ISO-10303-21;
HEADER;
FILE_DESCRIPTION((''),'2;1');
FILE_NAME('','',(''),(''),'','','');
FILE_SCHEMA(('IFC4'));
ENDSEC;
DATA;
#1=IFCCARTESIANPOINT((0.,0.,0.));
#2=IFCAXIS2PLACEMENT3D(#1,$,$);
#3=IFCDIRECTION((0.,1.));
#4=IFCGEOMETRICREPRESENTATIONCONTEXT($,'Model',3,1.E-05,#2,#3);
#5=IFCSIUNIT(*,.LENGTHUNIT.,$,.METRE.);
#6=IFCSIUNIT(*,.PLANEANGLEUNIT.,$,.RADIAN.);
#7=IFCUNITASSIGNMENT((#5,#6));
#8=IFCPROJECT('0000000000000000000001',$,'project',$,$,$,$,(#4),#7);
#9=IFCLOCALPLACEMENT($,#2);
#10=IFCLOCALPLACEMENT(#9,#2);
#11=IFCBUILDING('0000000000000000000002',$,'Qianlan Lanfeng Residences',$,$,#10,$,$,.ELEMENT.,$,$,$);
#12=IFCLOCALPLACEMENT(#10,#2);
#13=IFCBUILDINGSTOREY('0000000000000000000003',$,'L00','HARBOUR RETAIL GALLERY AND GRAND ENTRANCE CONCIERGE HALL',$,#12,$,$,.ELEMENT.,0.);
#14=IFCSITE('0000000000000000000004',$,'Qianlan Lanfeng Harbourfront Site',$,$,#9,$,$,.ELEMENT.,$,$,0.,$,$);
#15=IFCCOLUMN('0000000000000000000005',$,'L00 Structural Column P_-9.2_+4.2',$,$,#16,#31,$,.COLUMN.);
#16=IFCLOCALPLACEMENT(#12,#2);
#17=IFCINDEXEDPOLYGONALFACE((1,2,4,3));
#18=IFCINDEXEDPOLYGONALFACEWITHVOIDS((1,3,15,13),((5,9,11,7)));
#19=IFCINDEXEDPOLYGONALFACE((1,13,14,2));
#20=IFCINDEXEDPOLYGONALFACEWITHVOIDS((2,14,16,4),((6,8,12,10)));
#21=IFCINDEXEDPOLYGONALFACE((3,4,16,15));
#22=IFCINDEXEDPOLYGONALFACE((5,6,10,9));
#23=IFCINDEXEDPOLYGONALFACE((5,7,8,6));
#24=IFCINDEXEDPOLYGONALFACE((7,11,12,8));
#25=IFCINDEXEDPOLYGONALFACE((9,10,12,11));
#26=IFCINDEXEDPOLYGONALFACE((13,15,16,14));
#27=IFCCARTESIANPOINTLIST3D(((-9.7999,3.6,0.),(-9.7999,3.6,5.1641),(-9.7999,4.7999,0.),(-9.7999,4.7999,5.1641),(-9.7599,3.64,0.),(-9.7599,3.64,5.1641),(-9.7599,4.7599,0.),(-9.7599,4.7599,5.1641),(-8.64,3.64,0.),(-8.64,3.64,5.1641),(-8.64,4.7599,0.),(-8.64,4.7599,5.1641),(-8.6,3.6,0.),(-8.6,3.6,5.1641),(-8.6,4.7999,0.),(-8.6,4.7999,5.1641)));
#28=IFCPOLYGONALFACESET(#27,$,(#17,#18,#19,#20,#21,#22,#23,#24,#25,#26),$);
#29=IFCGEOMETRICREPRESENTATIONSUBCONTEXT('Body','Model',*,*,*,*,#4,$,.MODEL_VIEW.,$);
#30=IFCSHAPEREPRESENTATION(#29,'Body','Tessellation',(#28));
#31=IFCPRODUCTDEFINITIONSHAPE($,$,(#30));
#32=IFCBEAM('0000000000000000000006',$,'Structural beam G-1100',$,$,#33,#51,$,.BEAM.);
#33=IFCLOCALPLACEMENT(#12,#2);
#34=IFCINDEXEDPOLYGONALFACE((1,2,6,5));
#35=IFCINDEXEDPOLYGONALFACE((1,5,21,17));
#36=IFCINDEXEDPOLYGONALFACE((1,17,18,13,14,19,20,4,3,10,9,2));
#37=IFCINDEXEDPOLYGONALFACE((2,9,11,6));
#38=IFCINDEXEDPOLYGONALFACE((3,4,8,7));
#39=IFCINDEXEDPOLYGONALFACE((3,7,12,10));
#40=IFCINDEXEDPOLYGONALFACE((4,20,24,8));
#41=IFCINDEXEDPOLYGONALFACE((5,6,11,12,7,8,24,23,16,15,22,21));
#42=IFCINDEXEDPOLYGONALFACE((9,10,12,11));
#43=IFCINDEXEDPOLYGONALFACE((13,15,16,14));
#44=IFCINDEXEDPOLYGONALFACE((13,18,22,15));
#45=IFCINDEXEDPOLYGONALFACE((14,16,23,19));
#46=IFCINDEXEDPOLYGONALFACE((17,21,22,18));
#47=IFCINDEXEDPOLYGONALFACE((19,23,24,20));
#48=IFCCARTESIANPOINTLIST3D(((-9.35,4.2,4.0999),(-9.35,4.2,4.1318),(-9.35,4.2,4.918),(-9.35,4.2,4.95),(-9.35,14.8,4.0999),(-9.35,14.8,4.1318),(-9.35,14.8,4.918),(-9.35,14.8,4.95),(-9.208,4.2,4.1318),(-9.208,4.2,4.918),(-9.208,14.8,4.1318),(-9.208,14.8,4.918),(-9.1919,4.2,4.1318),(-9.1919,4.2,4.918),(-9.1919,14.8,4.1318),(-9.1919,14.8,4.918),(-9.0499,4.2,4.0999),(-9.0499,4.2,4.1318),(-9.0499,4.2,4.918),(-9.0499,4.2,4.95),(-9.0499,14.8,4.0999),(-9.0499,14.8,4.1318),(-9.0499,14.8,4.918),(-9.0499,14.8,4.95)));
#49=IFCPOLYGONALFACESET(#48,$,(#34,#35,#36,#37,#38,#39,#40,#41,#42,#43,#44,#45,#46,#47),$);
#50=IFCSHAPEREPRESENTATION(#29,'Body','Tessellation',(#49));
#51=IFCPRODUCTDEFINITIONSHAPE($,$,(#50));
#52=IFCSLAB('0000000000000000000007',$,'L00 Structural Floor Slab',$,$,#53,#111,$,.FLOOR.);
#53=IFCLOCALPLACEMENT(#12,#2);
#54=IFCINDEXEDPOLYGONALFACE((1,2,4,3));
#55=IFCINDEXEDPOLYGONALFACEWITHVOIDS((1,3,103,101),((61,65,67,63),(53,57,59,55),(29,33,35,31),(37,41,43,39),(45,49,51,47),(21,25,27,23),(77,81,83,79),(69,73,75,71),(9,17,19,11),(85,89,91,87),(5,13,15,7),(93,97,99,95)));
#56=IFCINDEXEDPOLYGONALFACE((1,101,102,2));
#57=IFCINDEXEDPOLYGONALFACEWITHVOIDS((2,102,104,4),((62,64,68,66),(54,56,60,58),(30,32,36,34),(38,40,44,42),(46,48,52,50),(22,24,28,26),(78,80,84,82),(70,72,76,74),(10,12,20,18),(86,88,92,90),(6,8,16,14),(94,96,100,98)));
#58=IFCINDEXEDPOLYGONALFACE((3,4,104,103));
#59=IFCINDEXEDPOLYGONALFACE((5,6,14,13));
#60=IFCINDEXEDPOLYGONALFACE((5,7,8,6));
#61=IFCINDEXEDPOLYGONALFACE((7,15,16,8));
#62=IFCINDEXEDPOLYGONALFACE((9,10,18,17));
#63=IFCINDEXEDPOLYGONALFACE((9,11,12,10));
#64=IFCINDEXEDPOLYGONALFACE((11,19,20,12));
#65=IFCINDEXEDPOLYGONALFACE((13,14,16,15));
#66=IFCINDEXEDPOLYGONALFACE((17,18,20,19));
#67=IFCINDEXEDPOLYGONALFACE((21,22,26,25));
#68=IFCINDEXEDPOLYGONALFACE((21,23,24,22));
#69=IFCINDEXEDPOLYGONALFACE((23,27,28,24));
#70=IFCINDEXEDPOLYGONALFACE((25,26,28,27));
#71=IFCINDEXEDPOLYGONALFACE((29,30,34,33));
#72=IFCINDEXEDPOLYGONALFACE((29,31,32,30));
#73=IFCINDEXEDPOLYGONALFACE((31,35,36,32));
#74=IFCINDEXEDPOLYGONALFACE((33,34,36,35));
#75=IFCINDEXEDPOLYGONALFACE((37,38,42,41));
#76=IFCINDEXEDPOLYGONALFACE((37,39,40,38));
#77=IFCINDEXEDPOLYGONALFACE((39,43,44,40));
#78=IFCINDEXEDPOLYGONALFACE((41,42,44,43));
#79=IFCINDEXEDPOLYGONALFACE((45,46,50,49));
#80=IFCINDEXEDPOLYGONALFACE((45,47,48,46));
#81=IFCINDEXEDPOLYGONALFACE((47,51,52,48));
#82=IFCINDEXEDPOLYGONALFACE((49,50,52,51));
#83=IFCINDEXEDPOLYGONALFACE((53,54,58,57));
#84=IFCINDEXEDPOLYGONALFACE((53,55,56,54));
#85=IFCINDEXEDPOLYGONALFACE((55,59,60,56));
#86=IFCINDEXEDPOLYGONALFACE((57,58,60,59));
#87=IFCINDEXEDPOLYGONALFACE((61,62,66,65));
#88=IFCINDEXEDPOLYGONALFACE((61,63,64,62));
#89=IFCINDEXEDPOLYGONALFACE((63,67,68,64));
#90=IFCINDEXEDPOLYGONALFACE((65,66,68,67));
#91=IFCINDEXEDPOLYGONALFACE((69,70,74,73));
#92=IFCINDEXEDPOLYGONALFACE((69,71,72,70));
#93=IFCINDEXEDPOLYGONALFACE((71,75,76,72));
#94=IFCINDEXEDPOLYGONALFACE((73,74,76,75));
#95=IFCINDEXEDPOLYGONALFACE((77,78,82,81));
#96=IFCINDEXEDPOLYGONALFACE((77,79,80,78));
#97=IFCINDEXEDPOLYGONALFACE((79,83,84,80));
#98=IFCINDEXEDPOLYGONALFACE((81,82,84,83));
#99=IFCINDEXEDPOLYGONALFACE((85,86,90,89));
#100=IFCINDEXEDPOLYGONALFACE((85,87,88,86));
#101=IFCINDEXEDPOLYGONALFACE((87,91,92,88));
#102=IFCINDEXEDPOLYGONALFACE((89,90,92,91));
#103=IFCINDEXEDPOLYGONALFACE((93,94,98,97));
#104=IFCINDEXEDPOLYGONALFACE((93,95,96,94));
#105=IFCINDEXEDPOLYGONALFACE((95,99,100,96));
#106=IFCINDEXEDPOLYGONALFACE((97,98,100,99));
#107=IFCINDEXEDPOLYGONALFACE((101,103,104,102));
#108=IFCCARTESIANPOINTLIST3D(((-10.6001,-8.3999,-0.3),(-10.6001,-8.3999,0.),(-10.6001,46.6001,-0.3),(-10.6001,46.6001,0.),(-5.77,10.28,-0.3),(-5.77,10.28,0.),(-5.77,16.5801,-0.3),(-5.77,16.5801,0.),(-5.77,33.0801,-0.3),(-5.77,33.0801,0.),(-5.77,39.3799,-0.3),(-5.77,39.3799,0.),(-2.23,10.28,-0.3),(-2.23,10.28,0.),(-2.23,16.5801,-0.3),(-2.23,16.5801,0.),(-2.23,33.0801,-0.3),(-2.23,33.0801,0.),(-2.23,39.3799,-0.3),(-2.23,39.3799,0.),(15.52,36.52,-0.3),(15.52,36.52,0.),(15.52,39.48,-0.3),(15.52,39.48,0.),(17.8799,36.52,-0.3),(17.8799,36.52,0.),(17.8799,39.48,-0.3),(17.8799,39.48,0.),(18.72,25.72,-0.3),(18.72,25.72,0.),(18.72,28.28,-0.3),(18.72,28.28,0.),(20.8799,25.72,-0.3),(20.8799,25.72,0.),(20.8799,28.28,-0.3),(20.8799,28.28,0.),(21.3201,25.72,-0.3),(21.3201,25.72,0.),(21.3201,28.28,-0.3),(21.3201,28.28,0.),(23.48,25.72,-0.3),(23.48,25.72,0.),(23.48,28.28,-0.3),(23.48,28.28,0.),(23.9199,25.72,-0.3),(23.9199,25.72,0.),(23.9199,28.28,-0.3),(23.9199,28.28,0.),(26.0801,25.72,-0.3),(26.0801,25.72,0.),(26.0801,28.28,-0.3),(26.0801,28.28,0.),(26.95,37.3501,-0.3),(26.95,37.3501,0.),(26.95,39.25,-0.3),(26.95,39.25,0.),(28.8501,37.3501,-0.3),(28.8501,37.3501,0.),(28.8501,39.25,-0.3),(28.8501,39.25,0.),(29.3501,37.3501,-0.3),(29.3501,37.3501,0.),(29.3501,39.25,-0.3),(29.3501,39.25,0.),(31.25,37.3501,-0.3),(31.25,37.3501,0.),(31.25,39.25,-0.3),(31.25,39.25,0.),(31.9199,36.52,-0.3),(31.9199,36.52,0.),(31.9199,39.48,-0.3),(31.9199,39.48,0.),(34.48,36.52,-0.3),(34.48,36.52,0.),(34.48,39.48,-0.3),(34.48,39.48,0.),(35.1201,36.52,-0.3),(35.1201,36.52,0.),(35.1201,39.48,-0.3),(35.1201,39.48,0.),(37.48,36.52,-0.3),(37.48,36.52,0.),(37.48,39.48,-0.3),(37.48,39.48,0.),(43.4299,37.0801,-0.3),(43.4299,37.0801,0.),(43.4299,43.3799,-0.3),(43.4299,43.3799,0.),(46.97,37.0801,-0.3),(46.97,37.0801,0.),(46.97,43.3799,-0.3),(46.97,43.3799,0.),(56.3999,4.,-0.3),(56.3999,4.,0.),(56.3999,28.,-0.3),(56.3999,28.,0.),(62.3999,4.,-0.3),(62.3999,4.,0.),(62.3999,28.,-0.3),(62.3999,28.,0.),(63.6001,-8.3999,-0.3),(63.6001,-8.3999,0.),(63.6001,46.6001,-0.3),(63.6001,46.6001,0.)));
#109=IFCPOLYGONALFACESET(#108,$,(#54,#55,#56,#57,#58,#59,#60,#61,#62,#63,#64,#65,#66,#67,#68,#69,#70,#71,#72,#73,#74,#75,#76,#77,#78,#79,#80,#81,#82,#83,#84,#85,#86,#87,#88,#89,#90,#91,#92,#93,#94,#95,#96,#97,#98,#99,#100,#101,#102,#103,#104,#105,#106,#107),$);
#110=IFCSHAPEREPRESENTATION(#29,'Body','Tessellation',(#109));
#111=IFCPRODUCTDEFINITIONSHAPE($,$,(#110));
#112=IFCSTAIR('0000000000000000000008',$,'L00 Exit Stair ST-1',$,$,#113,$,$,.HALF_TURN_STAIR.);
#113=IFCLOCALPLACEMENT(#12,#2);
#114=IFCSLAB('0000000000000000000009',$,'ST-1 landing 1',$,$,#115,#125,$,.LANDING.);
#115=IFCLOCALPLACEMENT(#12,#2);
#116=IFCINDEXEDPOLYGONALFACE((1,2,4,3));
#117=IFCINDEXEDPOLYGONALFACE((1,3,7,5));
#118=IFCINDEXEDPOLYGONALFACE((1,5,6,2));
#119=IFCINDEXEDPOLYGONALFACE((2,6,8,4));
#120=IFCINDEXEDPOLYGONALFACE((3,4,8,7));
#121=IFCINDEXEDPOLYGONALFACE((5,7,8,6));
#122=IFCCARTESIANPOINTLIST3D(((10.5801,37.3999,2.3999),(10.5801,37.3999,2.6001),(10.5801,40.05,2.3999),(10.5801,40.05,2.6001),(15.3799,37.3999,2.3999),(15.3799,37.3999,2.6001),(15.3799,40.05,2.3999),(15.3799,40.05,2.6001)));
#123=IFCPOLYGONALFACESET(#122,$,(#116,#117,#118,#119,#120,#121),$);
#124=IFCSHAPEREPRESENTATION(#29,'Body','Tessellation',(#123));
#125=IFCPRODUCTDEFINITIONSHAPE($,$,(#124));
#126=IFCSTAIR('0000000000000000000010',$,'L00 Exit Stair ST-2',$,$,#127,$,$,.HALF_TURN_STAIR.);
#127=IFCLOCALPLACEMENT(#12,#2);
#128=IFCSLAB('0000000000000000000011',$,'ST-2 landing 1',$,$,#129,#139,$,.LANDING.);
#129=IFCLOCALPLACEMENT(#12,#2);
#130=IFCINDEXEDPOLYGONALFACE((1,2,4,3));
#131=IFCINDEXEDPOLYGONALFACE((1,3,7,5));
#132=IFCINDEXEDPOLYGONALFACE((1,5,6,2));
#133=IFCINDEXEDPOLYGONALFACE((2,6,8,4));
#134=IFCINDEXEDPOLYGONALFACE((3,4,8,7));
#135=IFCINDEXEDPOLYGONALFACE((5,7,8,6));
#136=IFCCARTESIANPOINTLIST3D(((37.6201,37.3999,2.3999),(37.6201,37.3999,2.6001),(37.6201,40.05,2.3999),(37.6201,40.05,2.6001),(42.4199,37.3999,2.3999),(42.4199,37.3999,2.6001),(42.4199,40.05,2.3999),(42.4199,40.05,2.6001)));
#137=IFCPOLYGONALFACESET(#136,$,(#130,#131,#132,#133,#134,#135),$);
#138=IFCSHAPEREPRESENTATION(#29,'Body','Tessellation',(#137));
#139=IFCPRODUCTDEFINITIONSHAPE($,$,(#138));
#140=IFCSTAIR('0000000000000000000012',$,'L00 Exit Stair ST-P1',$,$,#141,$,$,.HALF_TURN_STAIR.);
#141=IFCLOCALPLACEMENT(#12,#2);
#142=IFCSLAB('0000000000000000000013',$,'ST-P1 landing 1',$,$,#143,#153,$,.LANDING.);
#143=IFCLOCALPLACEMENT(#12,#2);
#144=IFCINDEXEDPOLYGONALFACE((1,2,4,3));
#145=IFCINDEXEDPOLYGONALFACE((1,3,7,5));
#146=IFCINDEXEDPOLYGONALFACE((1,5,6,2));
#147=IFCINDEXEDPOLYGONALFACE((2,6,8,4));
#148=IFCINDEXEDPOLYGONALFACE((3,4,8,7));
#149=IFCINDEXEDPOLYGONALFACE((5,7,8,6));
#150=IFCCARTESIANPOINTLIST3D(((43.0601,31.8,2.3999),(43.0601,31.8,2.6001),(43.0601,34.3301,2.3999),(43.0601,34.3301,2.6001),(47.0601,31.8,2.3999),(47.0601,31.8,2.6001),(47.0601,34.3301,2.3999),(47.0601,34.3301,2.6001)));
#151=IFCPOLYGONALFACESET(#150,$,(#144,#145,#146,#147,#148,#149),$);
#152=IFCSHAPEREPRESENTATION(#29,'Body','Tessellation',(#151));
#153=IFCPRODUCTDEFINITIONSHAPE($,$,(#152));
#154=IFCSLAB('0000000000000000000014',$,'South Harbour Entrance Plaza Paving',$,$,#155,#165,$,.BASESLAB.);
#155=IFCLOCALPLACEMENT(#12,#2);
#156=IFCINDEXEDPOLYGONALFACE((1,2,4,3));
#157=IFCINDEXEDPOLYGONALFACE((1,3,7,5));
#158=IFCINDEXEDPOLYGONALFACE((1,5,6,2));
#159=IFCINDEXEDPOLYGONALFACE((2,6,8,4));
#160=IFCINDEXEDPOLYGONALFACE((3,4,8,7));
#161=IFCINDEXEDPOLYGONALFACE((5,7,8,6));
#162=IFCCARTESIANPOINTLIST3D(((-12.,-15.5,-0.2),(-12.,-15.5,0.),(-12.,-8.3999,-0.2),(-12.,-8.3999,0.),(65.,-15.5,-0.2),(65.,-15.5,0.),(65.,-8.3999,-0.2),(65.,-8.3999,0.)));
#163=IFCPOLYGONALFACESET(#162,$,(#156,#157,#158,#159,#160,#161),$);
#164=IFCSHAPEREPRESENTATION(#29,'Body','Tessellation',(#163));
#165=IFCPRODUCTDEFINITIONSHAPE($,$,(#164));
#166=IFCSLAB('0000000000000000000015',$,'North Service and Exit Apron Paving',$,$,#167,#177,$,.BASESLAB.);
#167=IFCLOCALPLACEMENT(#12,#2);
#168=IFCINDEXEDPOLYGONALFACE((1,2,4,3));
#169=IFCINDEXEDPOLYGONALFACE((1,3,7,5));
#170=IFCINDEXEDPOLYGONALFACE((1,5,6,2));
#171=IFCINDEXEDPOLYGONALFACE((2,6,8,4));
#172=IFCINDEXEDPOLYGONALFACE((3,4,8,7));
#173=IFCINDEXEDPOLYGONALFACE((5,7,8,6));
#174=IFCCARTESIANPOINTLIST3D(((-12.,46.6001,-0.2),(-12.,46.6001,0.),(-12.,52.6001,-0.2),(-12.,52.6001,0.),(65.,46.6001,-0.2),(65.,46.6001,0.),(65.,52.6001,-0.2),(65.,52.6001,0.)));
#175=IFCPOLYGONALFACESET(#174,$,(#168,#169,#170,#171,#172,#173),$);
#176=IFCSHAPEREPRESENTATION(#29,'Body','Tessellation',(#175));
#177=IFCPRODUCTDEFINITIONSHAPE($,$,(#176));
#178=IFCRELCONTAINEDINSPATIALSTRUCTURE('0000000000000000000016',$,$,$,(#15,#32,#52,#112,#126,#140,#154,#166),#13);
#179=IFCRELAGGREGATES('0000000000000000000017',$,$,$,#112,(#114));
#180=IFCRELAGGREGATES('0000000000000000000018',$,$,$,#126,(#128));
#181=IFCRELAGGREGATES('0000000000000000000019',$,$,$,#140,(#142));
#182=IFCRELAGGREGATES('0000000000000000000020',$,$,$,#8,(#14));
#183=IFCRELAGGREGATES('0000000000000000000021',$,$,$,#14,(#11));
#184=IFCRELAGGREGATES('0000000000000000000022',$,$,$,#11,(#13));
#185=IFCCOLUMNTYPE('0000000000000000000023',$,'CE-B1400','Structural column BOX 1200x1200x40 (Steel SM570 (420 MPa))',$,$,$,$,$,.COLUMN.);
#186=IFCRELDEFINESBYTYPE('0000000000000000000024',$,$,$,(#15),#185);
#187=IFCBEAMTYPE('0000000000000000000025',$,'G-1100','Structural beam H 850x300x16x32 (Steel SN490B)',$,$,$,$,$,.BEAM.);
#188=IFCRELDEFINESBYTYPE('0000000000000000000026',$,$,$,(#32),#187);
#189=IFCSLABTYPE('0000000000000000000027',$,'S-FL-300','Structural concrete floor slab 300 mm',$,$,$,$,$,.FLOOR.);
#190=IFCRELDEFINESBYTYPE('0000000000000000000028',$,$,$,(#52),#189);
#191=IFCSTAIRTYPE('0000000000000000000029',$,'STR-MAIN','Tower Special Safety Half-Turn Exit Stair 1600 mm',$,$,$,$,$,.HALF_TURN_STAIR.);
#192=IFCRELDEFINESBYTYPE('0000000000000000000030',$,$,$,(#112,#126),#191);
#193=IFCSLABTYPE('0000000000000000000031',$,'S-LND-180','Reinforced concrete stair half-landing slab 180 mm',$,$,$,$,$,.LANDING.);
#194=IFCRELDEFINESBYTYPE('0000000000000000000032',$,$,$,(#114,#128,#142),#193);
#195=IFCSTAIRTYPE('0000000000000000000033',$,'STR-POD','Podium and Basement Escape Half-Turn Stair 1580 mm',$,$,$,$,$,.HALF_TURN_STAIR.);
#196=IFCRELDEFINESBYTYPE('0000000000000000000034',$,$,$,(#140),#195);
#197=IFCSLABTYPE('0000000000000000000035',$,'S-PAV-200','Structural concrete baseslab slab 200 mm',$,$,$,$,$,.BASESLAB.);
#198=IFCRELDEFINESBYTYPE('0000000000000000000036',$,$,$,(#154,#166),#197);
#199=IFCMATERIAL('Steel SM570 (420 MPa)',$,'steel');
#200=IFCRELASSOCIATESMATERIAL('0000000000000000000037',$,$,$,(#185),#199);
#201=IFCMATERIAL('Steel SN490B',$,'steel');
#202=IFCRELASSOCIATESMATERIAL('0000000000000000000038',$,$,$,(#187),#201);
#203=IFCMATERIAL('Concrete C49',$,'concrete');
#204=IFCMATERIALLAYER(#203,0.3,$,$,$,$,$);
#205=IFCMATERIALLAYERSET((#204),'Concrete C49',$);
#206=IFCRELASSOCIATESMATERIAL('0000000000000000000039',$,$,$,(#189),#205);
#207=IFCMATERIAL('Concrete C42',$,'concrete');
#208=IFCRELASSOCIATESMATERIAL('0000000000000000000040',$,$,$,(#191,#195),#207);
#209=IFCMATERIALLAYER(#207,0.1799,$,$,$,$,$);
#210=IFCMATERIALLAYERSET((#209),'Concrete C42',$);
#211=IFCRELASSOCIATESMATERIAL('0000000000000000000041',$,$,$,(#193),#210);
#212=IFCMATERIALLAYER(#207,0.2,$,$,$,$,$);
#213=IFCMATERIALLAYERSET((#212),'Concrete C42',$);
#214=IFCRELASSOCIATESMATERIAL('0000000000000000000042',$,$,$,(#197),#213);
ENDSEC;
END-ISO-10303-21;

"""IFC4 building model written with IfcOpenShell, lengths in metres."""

from ifc_helpers import new_model, si_unit, direction, frame, origin, origin_2d, place, context, subcontext, project, spatial, polyline, hollow_rectangle, i_section, outline, extrude, material, layer, layer_set, material_profile, profile_set, type_object, element, aggregate, save


model = new_model("IFC4")

# Units and contexts
model_context = context("Model", 3, precision=1e-05, world=origin(), true_north=direction((0.0, 1.0)))
body_context = subcontext(model_context, "Body", "Model", "MODEL_VIEW")
ifc_project = project(units=[si_unit("LENGTHUNIT", "METRE"), si_unit("PLANEANGLEUNIT", "RADIAN")], contexts=[model_context])

# Site, building, storey
site_placement = place(None, origin())
site = spatial("IfcSite", under=ifc_project, at=site_placement, Name="Qianlan Lanfeng Harbourfront Site", CompositionType="ELEMENT", RefElevation=0.0)
building_placement = place(site_placement, origin())
building = spatial("IfcBuilding", under=site, at=building_placement, Name="Qianlan Lanfeng Residences", CompositionType="ELEMENT")
storey_placement = place(building_placement, origin())
storey = spatial("IfcBuildingStorey", under=building, at=storey_placement, Name="L00", Description="HARBOUR RETAIL GALLERY AND GRAND ENTRANCE CONCIERGE HALL", CompositionType="ELEMENT", Elevation=0.0)

# Column
ifc_material_1 = material(Name="Steel SM570 (420 MPa)", Category="steel")
ifc_material_profile_1 = material_profile(ifc_material_1, hollow_rectangle(XDim=1.2, YDim=1.2, WallThickness=0.04, at=origin_2d()), Name="BOX 1200x1200x40")
ifc_profile_set_1 = profile_set([ifc_material_profile_1], Name="Steel SM570 (420 MPa)")
column_type = type_object("IfcColumnType", Name="CE-B1400", Description="Structural column BOX 1200x1200x40 (Steel SM570 (420 MPa))", PredefinedType="COLUMN", material=ifc_profile_set_1)
column_placement = place(storey_placement, frame((-9.2, 4.2, 0.0), z_axis=(0.0, 0.0, 1.0), x_axis=(1.0, 0.0, 0.0)))
element("IfcColumn", 1, at=column_placement, inside=storey, type_object=column_type, Name="L00 Structural Column P_-9.2_+4.2", PredefinedType="COLUMN", context=body_context, shape_type="SweptSolid", body=[
    extrude(hollow_rectangle(XDim=1.2, YDim=1.2, WallThickness=0.04, at=origin_2d()), origin(), (0.0, 0.0, 1.0), 5.1641),
])

# Beam
ifc_material_2 = material(Name="Steel SN490B", Category="steel")
ifc_material_profile_2 = material_profile(ifc_material_2, i_section(OverallWidth=0.3, OverallDepth=0.8501, WebThickness=0.0161, FlangeThickness=0.032, at=origin_2d()), Name="H 850x300x16x32")
ifc_profile_set_2 = profile_set([ifc_material_profile_2], Name="Steel SN490B")
beam_type = type_object("IfcBeamType", Name="G-1100", Description="Structural beam H 850x300x16x32 (Steel SN490B)", PredefinedType="BEAM", material=ifc_profile_set_2)
beam_placement = place(storey_placement, frame((-9.2, 4.2, 4.5249), z_axis=(0.0, 1.0, 0.0), x_axis=(-1.0, 0.0, 0.0)))
element("IfcBeam", 2, at=beam_placement, inside=storey, type_object=beam_type, Name="Structural beam G-1100", PredefinedType="BEAM", context=body_context, shape_type="SweptSolid", body=[
    extrude(i_section(OverallWidth=0.3, OverallDepth=0.8501, WebThickness=0.0161, FlangeThickness=0.032, at=origin_2d()), origin(), (0.0, 0.0, 1.0), 10.6001),
])

# Slab
ifc_material_3 = material(Name="Concrete C49", Category="concrete")
ifc_layer_1 = layer(ifc_material_3, 0.3)
ifc_layer_set_1 = layer_set([ifc_layer_1], Name="Concrete C49")
slab_type_1 = type_object("IfcSlabType", Name="S-FL-300", Description="Structural concrete floor slab 300 mm", PredefinedType="FLOOR", material=ifc_layer_set_1)
slab_1_placement = place(storey_placement, frame((0.0, 0.0, -0.3)))
element("IfcSlab", 3, at=slab_1_placement, inside=storey, type_object=slab_type_1, Name="L00 Structural Floor Slab", PredefinedType="FLOOR", context=body_context, shape_type="SweptSolid", body=[
    extrude(outline(polyline([(-10.6001, -8.3999), (63.6001, -8.3999), (63.6001, 46.6001), (-10.6001, 46.6001), (-10.6001, -8.3999)]), holes=[polyline([(-5.77, 33.0801), (-5.77, 39.3799), (-2.23, 39.3799), (-2.23, 33.0801), (-5.77, 33.0801)]), polyline([(43.4299, 37.0801), (43.4299, 43.3799), (46.97, 43.3799), (46.97, 37.0801), (43.4299, 37.0801)]), polyline([(-5.77, 10.28), (-5.77, 16.5801), (-2.23, 16.5801), (-2.23, 10.28), (-5.77, 10.28)]), polyline([(15.52, 36.52), (15.52, 39.48), (17.8799, 39.48), (17.8799, 36.52), (15.52, 36.52)]), polyline([(35.1201, 36.52), (35.1201, 39.48), (37.48, 39.48), (37.48, 36.52), (35.1201, 36.52)]), polyline([(31.9199, 36.52), (31.9199, 39.48), (34.48, 39.48), (34.48, 36.52), (31.9199, 36.52)]), polyline([(18.72, 25.72), (18.72, 28.28), (20.8799, 28.28), (20.8799, 25.72), (18.72, 25.72)]), polyline([(21.3201, 25.72), (21.3201, 28.28), (23.48, 28.28), (23.48, 25.72), (21.3201, 25.72)]), polyline([(23.9199, 25.72), (23.9199, 28.28), (26.0801, 28.28), (26.0801, 25.72), (23.9199, 25.72)]), polyline([(26.95, 37.3501), (26.95, 39.25), (28.8501, 39.25), (28.8501, 37.3501), (26.95, 37.3501)]), polyline([(29.3501, 37.3501), (29.3501, 39.25), (31.25, 39.25), (31.25, 37.3501), (29.3501, 37.3501)]), polyline([(56.3999, 4.0), (56.3999, 28.0), (62.3999, 28.0), (62.3999, 4.0), (56.3999, 4.0)])]), origin(), (0.0, 0.0, 1.0), 0.3),
])

# Stairs, slabs
ifc_material_4 = material(Name="Concrete C42", Category="concrete")
stair_type_1 = type_object("IfcStairType", Name="STR-MAIN", Description="Tower Special Safety Half-Turn Exit Stair 1600 mm", PredefinedType="HALF_TURN_STAIR", material=ifc_material_4)
stair_1_placement = place(storey_placement, origin())
stair_1 = element("IfcStair", 4, at=stair_1_placement, inside=storey, type_object=stair_type_1, Name="L00 Exit Stair ST-1", PredefinedType="HALF_TURN_STAIR")
ifc_layer_2 = layer(ifc_material_4, 0.1799)
ifc_layer_set_2 = layer_set([ifc_layer_2], Name="Concrete C42")
slab_type_2 = type_object("IfcSlabType", Name="S-LND-180", Description="Reinforced concrete stair half-landing slab 180 mm", PredefinedType="LANDING", material=ifc_layer_set_2)
slab_2_placement = place(storey_placement, frame((0.0, 0.0, 2.3999)))
slab_2 = element("IfcSlab", 5, at=slab_2_placement, type_object=slab_type_2, Name="ST-1 landing 1", PredefinedType="LANDING", context=body_context, shape_type="SweptSolid", body=[
    extrude(outline(polyline([(10.5801, 37.3999), (15.3799, 37.3999), (15.3799, 40.05), (10.5801, 40.05), (10.5801, 37.3999)])), origin(), (0.0, 0.0, 1.0), 0.2002),
])
aggregate(stair_1, [slab_2])
stair_2_placement = place(storey_placement, origin())
stair_2 = element("IfcStair", 6, at=stair_2_placement, inside=storey, type_object=stair_type_1, Name="L00 Exit Stair ST-2", PredefinedType="HALF_TURN_STAIR")
slab_3_placement = place(storey_placement, frame((0.0, 0.0, 2.3999)))
slab_3 = element("IfcSlab", 7, at=slab_3_placement, type_object=slab_type_2, Name="ST-2 landing 1", PredefinedType="LANDING", context=body_context, shape_type="SweptSolid", body=[
    extrude(outline(polyline([(37.6201, 37.3999), (42.4199, 37.3999), (42.4199, 40.05), (37.6201, 40.05), (37.6201, 37.3999)])), origin(), (0.0, 0.0, 1.0), 0.2002),
])
aggregate(stair_2, [slab_3])
stair_type_2 = type_object("IfcStairType", Name="STR-POD", Description="Podium and Basement Escape Half-Turn Stair 1580 mm", PredefinedType="HALF_TURN_STAIR", material=ifc_material_4)
stair_3_placement = place(storey_placement, origin())
stair_3 = element("IfcStair", 8, at=stair_3_placement, inside=storey, type_object=stair_type_2, Name="L00 Exit Stair ST-P1", PredefinedType="HALF_TURN_STAIR")
slab_4_placement = place(storey_placement, frame((0.0, 0.0, 2.3999)))
slab_4 = element("IfcSlab", 9, at=slab_4_placement, type_object=slab_type_2, Name="ST-P1 landing 1", PredefinedType="LANDING", context=body_context, shape_type="SweptSolid", body=[
    extrude(outline(polyline([(43.0601, 31.8), (47.0601, 31.8), (47.0601, 34.3301), (43.0601, 34.3301), (43.0601, 31.8)])), origin(), (0.0, 0.0, 1.0), 0.2002),
])
aggregate(stair_3, [slab_4])

# Slabs
ifc_layer_3 = layer(ifc_material_4, 0.2)
ifc_layer_set_3 = layer_set([ifc_layer_3], Name="Concrete C42")
slab_type_3 = type_object("IfcSlabType", Name="S-PAV-200", Description="Structural concrete baseslab slab 200 mm", PredefinedType="BASESLAB", material=ifc_layer_set_3)
slab_5_placement = place(storey_placement, frame((0.0, 0.0, -0.2)))
element("IfcSlab", 10, at=slab_5_placement, inside=storey, type_object=slab_type_3, Name="South Harbour Entrance Plaza Paving", PredefinedType="BASESLAB", context=body_context, shape_type="SweptSolid", body=[
    extrude(outline(polyline([(-12.0, -15.5), (65.0, -15.5), (65.0, -8.3999), (-12.0, -8.3999), (-12.0, -15.5)])), origin(), (0.0, 0.0, 1.0), 0.2),
])
slab_6_placement = place(storey_placement, frame((0.0, 0.0, -0.2)))
element("IfcSlab", 11, at=slab_6_placement, inside=storey, type_object=slab_type_3, Name="North Service and Exit Apron Paving", PredefinedType="BASESLAB", context=body_context, shape_type="SweptSolid", body=[
    extrude(outline(polyline([(-12.0, 46.6001), (65.0, 46.6001), (65.0, 52.6001), (-12.0, 52.6001), (-12.0, 46.6001)])), origin(), (0.0, 0.0, 1.0), 0.2),
])

save(model, "model.ifc")
